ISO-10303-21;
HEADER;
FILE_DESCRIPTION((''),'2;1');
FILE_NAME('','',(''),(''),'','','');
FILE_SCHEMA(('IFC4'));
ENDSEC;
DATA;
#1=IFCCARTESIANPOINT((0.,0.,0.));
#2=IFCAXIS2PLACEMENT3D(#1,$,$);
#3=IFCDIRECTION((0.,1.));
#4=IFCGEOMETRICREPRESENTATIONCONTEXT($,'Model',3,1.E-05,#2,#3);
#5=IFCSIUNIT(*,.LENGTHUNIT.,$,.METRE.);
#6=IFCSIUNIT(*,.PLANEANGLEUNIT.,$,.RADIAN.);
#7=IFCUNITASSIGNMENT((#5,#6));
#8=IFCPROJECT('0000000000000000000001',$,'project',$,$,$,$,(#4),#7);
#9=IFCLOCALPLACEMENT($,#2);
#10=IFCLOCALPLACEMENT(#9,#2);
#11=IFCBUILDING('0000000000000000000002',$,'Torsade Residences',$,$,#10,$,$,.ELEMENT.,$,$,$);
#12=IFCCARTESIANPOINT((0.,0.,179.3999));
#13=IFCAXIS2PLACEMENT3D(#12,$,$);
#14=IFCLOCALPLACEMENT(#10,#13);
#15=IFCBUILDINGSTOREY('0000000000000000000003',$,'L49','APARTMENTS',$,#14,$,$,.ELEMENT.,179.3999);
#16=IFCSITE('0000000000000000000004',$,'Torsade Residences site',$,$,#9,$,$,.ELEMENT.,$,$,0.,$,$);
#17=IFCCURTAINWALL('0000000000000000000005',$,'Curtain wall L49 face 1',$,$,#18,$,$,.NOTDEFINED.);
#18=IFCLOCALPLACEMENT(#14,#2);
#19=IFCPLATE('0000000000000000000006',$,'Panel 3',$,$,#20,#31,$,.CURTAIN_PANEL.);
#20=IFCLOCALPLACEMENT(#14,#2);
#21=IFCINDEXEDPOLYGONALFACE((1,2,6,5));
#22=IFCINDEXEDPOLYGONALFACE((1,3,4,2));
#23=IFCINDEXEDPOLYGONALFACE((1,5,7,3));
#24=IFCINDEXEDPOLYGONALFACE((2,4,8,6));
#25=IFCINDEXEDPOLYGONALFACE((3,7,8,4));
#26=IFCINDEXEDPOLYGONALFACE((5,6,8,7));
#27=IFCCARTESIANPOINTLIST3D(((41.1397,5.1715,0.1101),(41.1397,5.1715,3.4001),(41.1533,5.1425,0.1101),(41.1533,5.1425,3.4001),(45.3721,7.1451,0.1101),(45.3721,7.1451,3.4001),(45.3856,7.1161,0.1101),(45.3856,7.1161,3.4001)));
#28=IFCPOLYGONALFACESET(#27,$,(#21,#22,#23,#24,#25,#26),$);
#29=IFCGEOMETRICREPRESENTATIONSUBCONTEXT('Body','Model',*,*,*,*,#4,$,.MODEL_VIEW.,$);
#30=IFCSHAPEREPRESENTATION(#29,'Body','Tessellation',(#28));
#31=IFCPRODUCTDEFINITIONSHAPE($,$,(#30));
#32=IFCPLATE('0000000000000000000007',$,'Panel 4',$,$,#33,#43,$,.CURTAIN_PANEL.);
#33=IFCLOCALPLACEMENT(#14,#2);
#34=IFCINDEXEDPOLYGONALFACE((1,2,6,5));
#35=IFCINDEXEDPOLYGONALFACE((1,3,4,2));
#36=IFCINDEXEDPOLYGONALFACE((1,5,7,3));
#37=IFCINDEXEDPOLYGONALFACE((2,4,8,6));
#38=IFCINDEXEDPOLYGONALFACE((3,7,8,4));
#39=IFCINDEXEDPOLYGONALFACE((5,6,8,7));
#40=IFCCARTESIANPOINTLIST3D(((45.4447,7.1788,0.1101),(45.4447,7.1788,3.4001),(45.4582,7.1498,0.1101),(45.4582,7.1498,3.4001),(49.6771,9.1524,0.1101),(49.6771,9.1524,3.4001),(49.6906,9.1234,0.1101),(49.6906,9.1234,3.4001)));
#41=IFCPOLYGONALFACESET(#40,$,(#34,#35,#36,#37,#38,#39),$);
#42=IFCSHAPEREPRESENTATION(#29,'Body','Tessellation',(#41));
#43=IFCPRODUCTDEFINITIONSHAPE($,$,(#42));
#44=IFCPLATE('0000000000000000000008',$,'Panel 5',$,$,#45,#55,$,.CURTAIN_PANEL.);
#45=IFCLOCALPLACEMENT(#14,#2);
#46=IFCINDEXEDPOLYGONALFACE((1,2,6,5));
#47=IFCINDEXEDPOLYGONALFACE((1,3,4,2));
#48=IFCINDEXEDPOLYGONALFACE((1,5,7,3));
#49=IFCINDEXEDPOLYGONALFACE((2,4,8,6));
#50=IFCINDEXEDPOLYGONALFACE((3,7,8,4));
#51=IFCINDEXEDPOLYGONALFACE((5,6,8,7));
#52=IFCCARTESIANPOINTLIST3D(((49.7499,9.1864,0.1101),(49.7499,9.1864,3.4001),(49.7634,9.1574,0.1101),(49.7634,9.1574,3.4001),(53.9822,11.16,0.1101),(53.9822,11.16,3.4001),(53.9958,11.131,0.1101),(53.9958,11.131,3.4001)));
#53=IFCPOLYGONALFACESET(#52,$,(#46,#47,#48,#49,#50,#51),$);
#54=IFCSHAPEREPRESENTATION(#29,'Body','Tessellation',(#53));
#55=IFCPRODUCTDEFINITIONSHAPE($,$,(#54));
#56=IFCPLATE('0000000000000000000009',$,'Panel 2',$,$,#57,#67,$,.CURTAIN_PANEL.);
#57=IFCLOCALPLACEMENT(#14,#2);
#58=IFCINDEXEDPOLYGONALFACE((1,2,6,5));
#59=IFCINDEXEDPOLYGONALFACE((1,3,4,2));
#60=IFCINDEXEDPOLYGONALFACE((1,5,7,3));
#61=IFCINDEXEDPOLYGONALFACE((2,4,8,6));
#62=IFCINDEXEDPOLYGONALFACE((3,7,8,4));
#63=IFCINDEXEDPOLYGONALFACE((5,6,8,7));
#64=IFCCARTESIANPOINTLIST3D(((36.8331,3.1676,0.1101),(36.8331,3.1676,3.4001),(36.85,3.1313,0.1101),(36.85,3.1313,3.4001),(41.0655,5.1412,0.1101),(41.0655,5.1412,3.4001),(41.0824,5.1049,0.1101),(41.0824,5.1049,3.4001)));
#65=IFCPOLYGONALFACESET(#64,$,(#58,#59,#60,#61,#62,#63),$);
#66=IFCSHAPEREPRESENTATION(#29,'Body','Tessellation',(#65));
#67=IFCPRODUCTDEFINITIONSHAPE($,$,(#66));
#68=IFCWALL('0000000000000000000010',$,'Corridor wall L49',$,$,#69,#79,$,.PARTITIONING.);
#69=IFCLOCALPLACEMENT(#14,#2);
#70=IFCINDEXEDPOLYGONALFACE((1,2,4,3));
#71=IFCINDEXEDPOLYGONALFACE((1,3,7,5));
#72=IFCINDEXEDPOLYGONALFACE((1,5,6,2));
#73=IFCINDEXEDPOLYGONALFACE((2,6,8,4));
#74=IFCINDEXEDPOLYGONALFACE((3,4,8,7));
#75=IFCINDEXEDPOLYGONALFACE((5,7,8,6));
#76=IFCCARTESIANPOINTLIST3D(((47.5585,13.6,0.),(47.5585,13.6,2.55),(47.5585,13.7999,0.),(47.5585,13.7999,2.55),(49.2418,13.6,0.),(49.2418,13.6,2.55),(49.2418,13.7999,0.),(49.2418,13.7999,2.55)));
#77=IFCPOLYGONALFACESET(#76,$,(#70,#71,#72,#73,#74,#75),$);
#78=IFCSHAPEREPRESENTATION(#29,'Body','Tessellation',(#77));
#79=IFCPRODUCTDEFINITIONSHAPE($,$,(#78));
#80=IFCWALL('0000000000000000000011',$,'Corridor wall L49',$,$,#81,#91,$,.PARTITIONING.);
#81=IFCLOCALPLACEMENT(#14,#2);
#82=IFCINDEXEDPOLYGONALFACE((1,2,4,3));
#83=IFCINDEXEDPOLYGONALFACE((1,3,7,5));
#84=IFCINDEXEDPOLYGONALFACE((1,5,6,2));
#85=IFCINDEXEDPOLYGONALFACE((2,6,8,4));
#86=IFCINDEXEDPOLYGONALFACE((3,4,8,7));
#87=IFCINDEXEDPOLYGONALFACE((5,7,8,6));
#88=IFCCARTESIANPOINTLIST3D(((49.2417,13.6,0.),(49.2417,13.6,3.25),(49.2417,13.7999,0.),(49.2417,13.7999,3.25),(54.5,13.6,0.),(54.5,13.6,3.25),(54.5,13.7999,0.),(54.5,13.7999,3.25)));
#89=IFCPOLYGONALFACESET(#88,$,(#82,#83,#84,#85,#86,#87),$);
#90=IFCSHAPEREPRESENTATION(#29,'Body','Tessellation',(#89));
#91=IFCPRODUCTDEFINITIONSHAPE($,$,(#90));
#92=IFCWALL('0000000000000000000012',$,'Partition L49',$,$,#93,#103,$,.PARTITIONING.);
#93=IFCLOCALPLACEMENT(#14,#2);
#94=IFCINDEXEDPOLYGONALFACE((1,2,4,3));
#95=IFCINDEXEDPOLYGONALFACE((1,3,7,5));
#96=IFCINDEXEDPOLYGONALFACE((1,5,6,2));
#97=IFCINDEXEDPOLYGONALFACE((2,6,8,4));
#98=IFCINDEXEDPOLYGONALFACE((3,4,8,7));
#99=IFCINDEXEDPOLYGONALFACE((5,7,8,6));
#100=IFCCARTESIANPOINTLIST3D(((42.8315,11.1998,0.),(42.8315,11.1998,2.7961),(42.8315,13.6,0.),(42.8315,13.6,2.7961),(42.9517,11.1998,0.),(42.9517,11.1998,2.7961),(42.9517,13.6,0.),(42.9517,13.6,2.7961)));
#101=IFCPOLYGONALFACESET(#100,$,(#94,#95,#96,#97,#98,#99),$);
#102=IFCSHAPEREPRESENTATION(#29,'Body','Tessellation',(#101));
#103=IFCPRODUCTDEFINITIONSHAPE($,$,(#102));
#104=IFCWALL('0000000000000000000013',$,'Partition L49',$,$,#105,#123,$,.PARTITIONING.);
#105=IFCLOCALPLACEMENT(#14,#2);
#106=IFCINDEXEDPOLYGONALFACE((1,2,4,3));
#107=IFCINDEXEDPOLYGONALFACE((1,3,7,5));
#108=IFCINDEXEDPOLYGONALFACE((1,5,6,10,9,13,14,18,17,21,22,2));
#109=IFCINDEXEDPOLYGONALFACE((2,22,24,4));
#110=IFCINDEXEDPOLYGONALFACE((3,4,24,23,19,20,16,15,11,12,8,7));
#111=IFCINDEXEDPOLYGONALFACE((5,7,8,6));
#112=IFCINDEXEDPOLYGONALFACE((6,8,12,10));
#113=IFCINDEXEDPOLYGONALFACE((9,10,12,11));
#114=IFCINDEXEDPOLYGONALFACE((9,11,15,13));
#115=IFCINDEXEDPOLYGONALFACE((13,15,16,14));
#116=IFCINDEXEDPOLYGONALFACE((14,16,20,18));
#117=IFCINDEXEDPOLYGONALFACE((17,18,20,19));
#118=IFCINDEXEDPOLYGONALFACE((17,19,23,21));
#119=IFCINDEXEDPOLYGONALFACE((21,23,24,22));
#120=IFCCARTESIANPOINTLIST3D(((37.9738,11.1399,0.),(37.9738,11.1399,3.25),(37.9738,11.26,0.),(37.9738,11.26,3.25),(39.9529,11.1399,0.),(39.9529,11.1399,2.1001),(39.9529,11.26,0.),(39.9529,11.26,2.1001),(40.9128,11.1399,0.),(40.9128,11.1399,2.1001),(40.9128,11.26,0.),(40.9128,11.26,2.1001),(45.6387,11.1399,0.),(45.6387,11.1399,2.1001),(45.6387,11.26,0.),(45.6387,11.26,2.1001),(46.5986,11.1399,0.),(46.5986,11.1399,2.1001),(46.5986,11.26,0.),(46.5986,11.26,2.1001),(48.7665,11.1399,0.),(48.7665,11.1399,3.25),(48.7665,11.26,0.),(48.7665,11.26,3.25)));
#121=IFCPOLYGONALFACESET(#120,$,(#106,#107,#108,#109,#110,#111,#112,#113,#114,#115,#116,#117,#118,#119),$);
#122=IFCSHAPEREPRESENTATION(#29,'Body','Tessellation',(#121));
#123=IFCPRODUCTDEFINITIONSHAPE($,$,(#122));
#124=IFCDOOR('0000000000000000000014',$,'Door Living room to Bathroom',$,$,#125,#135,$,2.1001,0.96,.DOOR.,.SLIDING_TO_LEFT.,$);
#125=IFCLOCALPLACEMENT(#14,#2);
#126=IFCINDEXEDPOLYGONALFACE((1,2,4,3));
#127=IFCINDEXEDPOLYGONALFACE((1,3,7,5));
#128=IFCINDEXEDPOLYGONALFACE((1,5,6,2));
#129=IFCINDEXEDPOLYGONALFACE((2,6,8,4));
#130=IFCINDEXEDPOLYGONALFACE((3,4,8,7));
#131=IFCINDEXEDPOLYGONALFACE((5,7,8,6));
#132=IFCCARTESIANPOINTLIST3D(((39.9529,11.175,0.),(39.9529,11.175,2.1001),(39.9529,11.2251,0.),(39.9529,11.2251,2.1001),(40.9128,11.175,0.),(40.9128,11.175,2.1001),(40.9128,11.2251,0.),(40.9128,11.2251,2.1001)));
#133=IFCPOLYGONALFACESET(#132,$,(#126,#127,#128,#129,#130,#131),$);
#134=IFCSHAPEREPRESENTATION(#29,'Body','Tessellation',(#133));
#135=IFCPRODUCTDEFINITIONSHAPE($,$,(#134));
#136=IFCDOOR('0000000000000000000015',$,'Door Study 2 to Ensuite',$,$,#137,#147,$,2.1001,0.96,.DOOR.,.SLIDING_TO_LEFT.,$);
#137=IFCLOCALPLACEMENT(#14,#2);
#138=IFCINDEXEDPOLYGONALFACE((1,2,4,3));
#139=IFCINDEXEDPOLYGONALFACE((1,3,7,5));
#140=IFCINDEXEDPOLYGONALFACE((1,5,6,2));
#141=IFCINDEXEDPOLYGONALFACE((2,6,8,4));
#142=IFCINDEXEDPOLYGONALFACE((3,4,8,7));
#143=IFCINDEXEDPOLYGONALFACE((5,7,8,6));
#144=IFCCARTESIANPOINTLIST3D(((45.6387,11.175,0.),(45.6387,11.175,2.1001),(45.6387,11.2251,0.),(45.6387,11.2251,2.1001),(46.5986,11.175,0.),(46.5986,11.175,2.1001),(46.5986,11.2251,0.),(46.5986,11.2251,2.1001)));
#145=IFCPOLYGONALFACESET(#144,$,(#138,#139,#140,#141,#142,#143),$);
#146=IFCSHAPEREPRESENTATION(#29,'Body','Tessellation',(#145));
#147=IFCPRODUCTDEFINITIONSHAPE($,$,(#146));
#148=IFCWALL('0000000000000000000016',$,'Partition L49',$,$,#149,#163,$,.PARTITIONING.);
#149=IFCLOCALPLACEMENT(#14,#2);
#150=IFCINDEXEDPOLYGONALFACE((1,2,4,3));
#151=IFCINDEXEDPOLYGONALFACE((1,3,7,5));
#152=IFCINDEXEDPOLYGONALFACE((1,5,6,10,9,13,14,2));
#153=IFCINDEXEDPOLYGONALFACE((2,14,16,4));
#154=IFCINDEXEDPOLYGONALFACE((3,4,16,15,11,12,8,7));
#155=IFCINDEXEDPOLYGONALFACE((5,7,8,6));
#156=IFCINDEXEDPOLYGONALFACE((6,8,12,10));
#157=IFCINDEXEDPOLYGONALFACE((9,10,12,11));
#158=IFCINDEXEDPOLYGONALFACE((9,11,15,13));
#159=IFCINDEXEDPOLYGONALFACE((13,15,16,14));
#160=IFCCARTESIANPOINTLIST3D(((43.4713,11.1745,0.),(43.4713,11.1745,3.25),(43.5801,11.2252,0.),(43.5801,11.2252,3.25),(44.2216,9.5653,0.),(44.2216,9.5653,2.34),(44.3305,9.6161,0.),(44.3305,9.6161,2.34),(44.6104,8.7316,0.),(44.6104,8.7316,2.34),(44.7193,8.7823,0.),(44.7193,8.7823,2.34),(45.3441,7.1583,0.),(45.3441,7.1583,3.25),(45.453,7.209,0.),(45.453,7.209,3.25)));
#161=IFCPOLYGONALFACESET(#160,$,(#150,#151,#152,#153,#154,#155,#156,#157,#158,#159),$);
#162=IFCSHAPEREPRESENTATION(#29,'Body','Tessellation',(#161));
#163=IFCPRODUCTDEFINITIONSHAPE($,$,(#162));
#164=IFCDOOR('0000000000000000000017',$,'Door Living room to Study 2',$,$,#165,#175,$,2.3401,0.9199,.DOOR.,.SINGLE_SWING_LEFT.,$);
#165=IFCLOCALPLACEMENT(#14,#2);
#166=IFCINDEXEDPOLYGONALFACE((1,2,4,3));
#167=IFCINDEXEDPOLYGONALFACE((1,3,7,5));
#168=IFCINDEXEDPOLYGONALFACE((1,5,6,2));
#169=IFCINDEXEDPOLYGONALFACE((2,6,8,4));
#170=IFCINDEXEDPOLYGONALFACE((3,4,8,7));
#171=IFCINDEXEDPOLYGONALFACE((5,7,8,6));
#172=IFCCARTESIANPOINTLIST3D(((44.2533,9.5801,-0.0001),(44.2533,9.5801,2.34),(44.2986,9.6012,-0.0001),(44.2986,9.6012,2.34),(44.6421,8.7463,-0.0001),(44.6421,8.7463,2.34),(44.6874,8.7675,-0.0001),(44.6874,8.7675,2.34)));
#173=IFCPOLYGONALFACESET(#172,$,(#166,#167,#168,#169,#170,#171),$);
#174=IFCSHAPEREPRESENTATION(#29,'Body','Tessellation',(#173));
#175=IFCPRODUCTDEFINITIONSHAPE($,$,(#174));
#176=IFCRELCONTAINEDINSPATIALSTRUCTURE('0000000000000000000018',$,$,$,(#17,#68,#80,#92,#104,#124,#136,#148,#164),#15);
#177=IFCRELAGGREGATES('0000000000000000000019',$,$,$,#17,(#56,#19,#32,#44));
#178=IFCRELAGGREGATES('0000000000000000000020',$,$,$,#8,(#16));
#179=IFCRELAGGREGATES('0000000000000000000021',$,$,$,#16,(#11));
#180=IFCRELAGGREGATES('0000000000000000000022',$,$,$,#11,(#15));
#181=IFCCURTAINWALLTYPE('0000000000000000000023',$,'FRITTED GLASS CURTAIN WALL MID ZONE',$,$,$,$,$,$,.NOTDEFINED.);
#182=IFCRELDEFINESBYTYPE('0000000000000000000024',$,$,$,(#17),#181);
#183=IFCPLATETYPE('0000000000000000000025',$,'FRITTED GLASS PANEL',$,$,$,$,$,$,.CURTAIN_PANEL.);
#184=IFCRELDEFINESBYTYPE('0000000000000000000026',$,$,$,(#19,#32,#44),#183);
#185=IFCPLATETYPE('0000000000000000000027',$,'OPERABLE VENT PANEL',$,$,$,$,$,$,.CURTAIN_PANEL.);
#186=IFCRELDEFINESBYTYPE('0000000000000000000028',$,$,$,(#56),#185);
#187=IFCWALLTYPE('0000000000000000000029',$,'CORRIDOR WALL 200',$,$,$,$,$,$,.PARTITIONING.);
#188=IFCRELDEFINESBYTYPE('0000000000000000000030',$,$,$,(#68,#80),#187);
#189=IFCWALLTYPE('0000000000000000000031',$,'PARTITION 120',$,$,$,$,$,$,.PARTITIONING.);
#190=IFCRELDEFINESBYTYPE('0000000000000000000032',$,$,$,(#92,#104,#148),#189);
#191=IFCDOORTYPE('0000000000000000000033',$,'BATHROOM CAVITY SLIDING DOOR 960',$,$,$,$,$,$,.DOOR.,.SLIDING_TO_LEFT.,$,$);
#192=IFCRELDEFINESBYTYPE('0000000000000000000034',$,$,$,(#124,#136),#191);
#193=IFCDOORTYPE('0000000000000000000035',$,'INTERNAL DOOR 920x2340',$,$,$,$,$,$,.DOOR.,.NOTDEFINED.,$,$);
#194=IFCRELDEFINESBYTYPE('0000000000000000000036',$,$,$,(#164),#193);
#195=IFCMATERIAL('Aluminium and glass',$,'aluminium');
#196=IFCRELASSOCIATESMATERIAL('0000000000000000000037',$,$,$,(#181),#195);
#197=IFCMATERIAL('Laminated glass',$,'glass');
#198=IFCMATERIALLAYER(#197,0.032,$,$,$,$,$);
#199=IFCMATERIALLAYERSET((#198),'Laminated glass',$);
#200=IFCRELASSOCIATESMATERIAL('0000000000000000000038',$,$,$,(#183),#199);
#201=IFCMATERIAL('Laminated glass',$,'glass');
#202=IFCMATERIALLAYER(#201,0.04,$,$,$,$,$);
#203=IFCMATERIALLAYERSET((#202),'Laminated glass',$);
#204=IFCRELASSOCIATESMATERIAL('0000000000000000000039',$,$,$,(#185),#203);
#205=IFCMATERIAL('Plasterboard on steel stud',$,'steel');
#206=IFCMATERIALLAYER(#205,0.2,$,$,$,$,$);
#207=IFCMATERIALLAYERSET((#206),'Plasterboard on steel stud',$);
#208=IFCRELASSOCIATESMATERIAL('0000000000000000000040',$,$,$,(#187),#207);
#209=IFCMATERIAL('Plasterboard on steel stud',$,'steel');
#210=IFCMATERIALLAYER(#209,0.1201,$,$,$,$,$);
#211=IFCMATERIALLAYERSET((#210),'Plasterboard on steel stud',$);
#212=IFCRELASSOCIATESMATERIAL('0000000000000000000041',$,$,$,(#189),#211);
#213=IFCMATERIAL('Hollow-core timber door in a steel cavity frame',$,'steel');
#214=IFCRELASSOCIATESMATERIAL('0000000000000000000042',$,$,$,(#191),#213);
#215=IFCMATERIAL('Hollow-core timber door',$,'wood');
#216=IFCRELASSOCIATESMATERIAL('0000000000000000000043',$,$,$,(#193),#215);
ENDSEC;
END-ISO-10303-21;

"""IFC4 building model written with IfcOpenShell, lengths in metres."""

from ifc_helpers import new_model, si_unit, direction, frame, frame_2d, origin, origin_2d, place, context, subcontext, project, spatial, rectangle, extrude, material, layer, layer_set, type_object, element, fill, aggregate, save


model = new_model("IFC4")

# Units and contexts
model_context = context("Model", 3, precision=1e-05, world=origin(), true_north=direction((0.0, 1.0)))
body_context = subcontext(model_context, "Body", "Model", "MODEL_VIEW")
ifc_project = project(units=[si_unit("LENGTHUNIT", "METRE"), si_unit("PLANEANGLEUNIT", "RADIAN")], contexts=[model_context])

# Site, building, storey
site_placement = place(None, origin())
site = spatial("IfcSite", under=ifc_project, at=site_placement, Name="Torsade Residences site", CompositionType="ELEMENT", RefElevation=0.0)
building_placement = place(site_placement, origin())
building = spatial("IfcBuilding", under=site, at=building_placement, Name="Torsade Residences", CompositionType="ELEMENT")
storey_placement = place(building_placement, frame((0.0, 0.0, 179.3999)))
storey = spatial("IfcBuildingStorey", under=building, at=storey_placement, Name="L49", Description="APARTMENTS", CompositionType="ELEMENT", Elevation=179.3999)

# Curtain wall
ifc_material_1 = material(Name="Aluminium and glass", Category="aluminium")
curtain_wall_type = type_object("IfcCurtainWallType", Name="FRITTED GLASS CURTAIN WALL MID ZONE", PredefinedType="NOTDEFINED", material=ifc_material_1)
curtain_wall_placement = place(storey_placement, origin())
curtain_wall = element("IfcCurtainWall", 1, at=curtain_wall_placement, inside=storey, type_object=curtain_wall_type, Name="Curtain wall L49 face 1", PredefinedType="NOTDEFINED")

# Plates
ifc_material_2 = material(Name="Laminated glass", Category="glass")
ifc_layer_1 = layer(ifc_material_2, 0.032)
ifc_layer_set_1 = layer_set([ifc_layer_1], Name="Laminated glass")
plate_type_1 = type_object("IfcPlateType", Name="FRITTED GLASS PANEL", PredefinedType="CURTAIN_PANEL", material=ifc_layer_set_1)
plate_1_placement = place(storey_placement, frame((43.2627, 6.1438, 0.1101), z_axis=(0.0, 0.0, 1.0), x_axis=(0.906308, 0.422618, 0.0)))
plate_1 = element("IfcPlate", 2, at=plate_1_placement, type_object=plate_type_1, Name="Panel 3", PredefinedType="CURTAIN_PANEL", context=body_context, shape_type="SweptSolid", body=[
    extrude(rectangle(XDim=4.6699, YDim=0.032, at=origin_2d()), origin(), (0.0, 0.0, 1.0), 3.29),
])
plate_2_placement = place(storey_placement, frame((47.5676, 8.1511, 0.1101), z_axis=(0.0, 0.0, 1.0), x_axis=(0.906308, 0.422618, 0.0)))
plate_2 = element("IfcPlate", 3, at=plate_2_placement, type_object=plate_type_1, Name="Panel 4", PredefinedType="CURTAIN_PANEL", context=body_context, shape_type="SweptSolid", body=[
    extrude(rectangle(XDim=4.6699, YDim=0.032, at=origin_2d()), origin(), (0.0, 0.0, 1.0), 3.29),
])
plate_3_placement = place(storey_placement, frame((51.8728, 10.1587, 0.1101), z_axis=(0.0, 0.0, 1.0), x_axis=(0.906308, 0.422618, 0.0)))
plate_3 = element("IfcPlate", 4, at=plate_3_placement, type_object=plate_type_1, Name="Panel 5", PredefinedType="CURTAIN_PANEL", context=body_context, shape_type="SweptSolid", body=[
    extrude(rectangle(XDim=4.6699, YDim=0.032, at=origin_2d()), origin(), (0.0, 0.0, 1.0), 3.29),
])
ifc_material_3 = material(Name="Laminated glass", Category="glass")
ifc_layer_2 = layer(ifc_material_3, 0.04)
ifc_layer_set_2 = layer_set([ifc_layer_2], Name="Laminated glass")
plate_type_2 = type_object("IfcPlateType", Name="OPERABLE VENT PANEL", PredefinedType="CURTAIN_PANEL", material=ifc_layer_set_2)
plate_4_placement = place(storey_placement, frame((38.9578, 4.1362, 0.1101), z_axis=(0.0, 0.0, 1.0), x_axis=(0.906308, 0.422618, 0.0)))
plate_4 = element("IfcPlate", 5, at=plate_4_placement, type_object=plate_type_2, Name="Panel 2", PredefinedType="CURTAIN_PANEL", context=body_context, shape_type="SweptSolid", body=[
    extrude(rectangle(XDim=4.6699, YDim=0.04, at=origin_2d()), origin(), (0.0, 0.0, 1.0), 3.29),
])
aggregate(curtain_wall, [plate_4, plate_1, plate_2, plate_3])

# Walls
ifc_material_4 = material(Name="Plasterboard on steel stud", Category="steel")
ifc_layer_3 = layer(ifc_material_4, 0.2)
ifc_layer_set_3 = layer_set([ifc_layer_3], Name="Plasterboard on steel stud")
wall_type_1 = type_object("IfcWallType", Name="CORRIDOR WALL 200", PredefinedType="PARTITIONING", material=ifc_layer_set_3)
wall_1_placement = place(storey_placement, frame((47.5583, 13.7, 0.0), z_axis=(0.0, 0.0, 1.0), x_axis=(1.0, 0.0, 0.0)))
element("IfcWall", 6, at=wall_1_placement, inside=storey, type_object=wall_type_1, Name="Corridor wall L49", PredefinedType="PARTITIONING", context=body_context, shape_type="SweptSolid", body=[
    extrude(rectangle(XDim=1.6833, YDim=0.2, at=frame_2d((0.8418, 0.0))), origin(), (0.0, 0.0, 1.0), 2.55),
])
wall_2_placement = place(storey_placement, frame((49.2417, 13.7, 0.0), z_axis=(0.0, 0.0, 1.0), x_axis=(1.0, 0.0, 0.0)))
element("IfcWall", 7, at=wall_2_placement, inside=storey, type_object=wall_type_1, Name="Corridor wall L49", PredefinedType="PARTITIONING", context=body_context, shape_type="SweptSolid", body=[
    extrude(rectangle(XDim=5.2583, YDim=0.2, at=frame_2d((2.6292, 0.0))), origin(), (0.0, 0.0, 1.0), 3.25),
])
ifc_material_5 = material(Name="Plasterboard on steel stud", Category="steel")
ifc_layer_4 = layer(ifc_material_5, 0.1201)
ifc_layer_set_4 = layer_set([ifc_layer_4], Name="Plasterboard on steel stud")
wall_type_2 = type_object("IfcWallType", Name="PARTITION 120", PredefinedType="PARTITIONING", material=ifc_layer_set_4)
wall_3_placement = place(storey_placement, frame((42.8916, 13.6001, 0.0), z_axis=(0.0, 0.0, 1.0), x_axis=(0.0, -1.0, 0.0)))
element("IfcWall", 8, at=wall_3_placement, inside=storey, type_object=wall_type_2, Name="Partition L49", PredefinedType="PARTITIONING", context=body_context, shape_type="SweptSolid", body=[
    extrude(rectangle(XDim=2.4001, YDim=0.1201, at=frame_2d((1.2002, 0.0))), origin(), (0.0, 0.0, 1.0), 2.7961),
])

# Wall, openings, doors
wall_4_placement = place(storey_placement, frame((48.7666, 11.2, 0.0), z_axis=(0.0, 0.0, 1.0), x_axis=(-1.0, 0.0, 0.0)))
wall_4 = element("IfcWall", 9, at=wall_4_placement, inside=storey, type_object=wall_type_2, Name="Partition L49", PredefinedType="PARTITIONING", context=body_context, shape_type="SweptSolid", body=[
    extrude(rectangle(XDim=10.7927, YDim=0.1201, at=frame_2d((5.3965, 0.0))), origin(), (0.0, 0.0, 1.0), 3.25),
])
opening_1_placement = place(wall_4_placement, frame((7.8538, 0.0, 0.0)))
opening_1 = element("IfcOpeningElement", 10, at=opening_1_placement, cuts=wall_4, PredefinedType="OPENING", context=body_context, shape_type="SweptSolid", body=[
    extrude(rectangle(XDim=0.96, YDim=2.1001, at=frame_2d((0.48, 1.05))), frame((0.0, 0.0701, 0.0), z_axis=(0.0, -1.0, 0.0), x_axis=(1.0, 0.0, 0.0)), (0.0, 0.0, 1.0), 0.1401),
])
opening_2_placement = place(wall_4_placement, frame((2.168, 0.0, 0.0)))
opening_2 = element("IfcOpeningElement", 11, at=opening_2_placement, cuts=wall_4, PredefinedType="OPENING", context=body_context, shape_type="SweptSolid", body=[
    extrude(rectangle(XDim=0.96, YDim=2.1001, at=frame_2d((0.48, 1.05))), frame((0.0, 0.0701, 0.0), z_axis=(0.0, -1.0, 0.0), x_axis=(1.0, 0.0, 0.0)), (0.0, 0.0, 1.0), 0.1401),
])
ifc_material_6 = material(Name="Hollow-core timber door in a steel cavity frame", Category="steel")
door_type_1 = type_object("IfcDoorType", Name="BATHROOM CAVITY SLIDING DOOR 960", OperationType="SLIDING_TO_LEFT", PredefinedType="DOOR", material=ifc_material_6)
door_1_placement = place(opening_1_placement, origin())
door_1 = element("IfcDoor", 12, at=door_1_placement, inside=storey, type_object=door_type_1, Name="Door Living room to Bathroom", OperationType="SLIDING_TO_LEFT", OverallHeight=2.1001, OverallWidth=0.96, PredefinedType="DOOR", context=body_context, shape_type="SweptSolid", body=[
    extrude(rectangle(XDim=0.96, YDim=2.1001, at=frame_2d((0.48, 1.05))), frame((0.0, 0.0249, 0.0), z_axis=(0.0, -1.0, 0.0), x_axis=(1.0, 0.0, 0.0)), (0.0, 0.0, 1.0), 0.05),
])
fill(opening_1, door_1)
door_2_placement = place(opening_2_placement, origin())
door_2 = element("IfcDoor", 13, at=door_2_placement, inside=storey, type_object=door_type_1, Name="Door Study 2 to Ensuite", OperationType="SLIDING_TO_LEFT", OverallHeight=2.1001, OverallWidth=0.96, PredefinedType="DOOR", context=body_context, shape_type="SweptSolid", body=[
    extrude(rectangle(XDim=0.96, YDim=2.1001, at=frame_2d((0.48, 1.05))), frame((0.0, 0.0249, 0.0), z_axis=(0.0, -1.0, 0.0), x_axis=(1.0, 0.0, 0.0)), (0.0, 0.0, 1.0), 0.05),
])
fill(opening_2, door_2)

# Wall, opening, door
wall_5_placement = place(storey_placement, frame((43.5256, 11.2, 0.0), z_axis=(0.0, 0.0, 1.0), x_axis=(0.422629, -0.906303, 0.0)))
wall_5 = element("IfcWall", 14, at=wall_5_placement, inside=storey, type_object=wall_type_2, Name="Partition L49", PredefinedType="PARTITIONING", context=body_context, shape_type="SweptSolid", body=[
    extrude(rectangle(XDim=4.4314, YDim=0.1201, at=frame_2d((2.2158, 0.0))), origin(), (0.0, 0.0, 1.0), 3.25),
])
opening_3_placement = place(wall_5_placement, frame((1.7756, 0.0, 0.0)))
opening_3 = element("IfcOpeningElement", 15, at=opening_3_placement, cuts=wall_5, PredefinedType="OPENING", context=body_context, shape_type="SweptSolid", body=[
    extrude(rectangle(XDim=0.9199, YDim=2.3401, at=frame_2d((0.46, 1.1699))), frame((0.0, 0.0701, 0.0), z_axis=(0.0, -1.0, 0.0), x_axis=(1.0, 0.0, 0.0)), (0.0, 0.0, 1.0), 0.1401),
])
ifc_material_7 = material(Name="Hollow-core timber door", Category="wood")
door_type_2 = type_object("IfcDoorType", Name="INTERNAL DOOR 920x2340", OperationType="NOTDEFINED", PredefinedType="DOOR", material=ifc_material_7)
door_3_placement = place(opening_3_placement, origin())
door_3 = element("IfcDoor", 16, at=door_3_placement, inside=storey, type_object=door_type_2, Name="Door Living room to Study 2", OperationType="SINGLE_SWING_LEFT", OverallHeight=2.3401, OverallWidth=0.9199, PredefinedType="DOOR", context=body_context, shape_type="SweptSolid", body=[
    extrude(rectangle(XDim=0.9199, YDim=2.3401, at=frame_2d((0.46, 1.1699))), frame((0.0, 0.0249, 0.0), z_axis=(0.0, -1.0, 0.0), x_axis=(1.0, 0.0, 0.0)), (0.0, 0.0, 1.0), 0.05),
])
fill(opening_3, door_3)

save(model, "model.ifc")
